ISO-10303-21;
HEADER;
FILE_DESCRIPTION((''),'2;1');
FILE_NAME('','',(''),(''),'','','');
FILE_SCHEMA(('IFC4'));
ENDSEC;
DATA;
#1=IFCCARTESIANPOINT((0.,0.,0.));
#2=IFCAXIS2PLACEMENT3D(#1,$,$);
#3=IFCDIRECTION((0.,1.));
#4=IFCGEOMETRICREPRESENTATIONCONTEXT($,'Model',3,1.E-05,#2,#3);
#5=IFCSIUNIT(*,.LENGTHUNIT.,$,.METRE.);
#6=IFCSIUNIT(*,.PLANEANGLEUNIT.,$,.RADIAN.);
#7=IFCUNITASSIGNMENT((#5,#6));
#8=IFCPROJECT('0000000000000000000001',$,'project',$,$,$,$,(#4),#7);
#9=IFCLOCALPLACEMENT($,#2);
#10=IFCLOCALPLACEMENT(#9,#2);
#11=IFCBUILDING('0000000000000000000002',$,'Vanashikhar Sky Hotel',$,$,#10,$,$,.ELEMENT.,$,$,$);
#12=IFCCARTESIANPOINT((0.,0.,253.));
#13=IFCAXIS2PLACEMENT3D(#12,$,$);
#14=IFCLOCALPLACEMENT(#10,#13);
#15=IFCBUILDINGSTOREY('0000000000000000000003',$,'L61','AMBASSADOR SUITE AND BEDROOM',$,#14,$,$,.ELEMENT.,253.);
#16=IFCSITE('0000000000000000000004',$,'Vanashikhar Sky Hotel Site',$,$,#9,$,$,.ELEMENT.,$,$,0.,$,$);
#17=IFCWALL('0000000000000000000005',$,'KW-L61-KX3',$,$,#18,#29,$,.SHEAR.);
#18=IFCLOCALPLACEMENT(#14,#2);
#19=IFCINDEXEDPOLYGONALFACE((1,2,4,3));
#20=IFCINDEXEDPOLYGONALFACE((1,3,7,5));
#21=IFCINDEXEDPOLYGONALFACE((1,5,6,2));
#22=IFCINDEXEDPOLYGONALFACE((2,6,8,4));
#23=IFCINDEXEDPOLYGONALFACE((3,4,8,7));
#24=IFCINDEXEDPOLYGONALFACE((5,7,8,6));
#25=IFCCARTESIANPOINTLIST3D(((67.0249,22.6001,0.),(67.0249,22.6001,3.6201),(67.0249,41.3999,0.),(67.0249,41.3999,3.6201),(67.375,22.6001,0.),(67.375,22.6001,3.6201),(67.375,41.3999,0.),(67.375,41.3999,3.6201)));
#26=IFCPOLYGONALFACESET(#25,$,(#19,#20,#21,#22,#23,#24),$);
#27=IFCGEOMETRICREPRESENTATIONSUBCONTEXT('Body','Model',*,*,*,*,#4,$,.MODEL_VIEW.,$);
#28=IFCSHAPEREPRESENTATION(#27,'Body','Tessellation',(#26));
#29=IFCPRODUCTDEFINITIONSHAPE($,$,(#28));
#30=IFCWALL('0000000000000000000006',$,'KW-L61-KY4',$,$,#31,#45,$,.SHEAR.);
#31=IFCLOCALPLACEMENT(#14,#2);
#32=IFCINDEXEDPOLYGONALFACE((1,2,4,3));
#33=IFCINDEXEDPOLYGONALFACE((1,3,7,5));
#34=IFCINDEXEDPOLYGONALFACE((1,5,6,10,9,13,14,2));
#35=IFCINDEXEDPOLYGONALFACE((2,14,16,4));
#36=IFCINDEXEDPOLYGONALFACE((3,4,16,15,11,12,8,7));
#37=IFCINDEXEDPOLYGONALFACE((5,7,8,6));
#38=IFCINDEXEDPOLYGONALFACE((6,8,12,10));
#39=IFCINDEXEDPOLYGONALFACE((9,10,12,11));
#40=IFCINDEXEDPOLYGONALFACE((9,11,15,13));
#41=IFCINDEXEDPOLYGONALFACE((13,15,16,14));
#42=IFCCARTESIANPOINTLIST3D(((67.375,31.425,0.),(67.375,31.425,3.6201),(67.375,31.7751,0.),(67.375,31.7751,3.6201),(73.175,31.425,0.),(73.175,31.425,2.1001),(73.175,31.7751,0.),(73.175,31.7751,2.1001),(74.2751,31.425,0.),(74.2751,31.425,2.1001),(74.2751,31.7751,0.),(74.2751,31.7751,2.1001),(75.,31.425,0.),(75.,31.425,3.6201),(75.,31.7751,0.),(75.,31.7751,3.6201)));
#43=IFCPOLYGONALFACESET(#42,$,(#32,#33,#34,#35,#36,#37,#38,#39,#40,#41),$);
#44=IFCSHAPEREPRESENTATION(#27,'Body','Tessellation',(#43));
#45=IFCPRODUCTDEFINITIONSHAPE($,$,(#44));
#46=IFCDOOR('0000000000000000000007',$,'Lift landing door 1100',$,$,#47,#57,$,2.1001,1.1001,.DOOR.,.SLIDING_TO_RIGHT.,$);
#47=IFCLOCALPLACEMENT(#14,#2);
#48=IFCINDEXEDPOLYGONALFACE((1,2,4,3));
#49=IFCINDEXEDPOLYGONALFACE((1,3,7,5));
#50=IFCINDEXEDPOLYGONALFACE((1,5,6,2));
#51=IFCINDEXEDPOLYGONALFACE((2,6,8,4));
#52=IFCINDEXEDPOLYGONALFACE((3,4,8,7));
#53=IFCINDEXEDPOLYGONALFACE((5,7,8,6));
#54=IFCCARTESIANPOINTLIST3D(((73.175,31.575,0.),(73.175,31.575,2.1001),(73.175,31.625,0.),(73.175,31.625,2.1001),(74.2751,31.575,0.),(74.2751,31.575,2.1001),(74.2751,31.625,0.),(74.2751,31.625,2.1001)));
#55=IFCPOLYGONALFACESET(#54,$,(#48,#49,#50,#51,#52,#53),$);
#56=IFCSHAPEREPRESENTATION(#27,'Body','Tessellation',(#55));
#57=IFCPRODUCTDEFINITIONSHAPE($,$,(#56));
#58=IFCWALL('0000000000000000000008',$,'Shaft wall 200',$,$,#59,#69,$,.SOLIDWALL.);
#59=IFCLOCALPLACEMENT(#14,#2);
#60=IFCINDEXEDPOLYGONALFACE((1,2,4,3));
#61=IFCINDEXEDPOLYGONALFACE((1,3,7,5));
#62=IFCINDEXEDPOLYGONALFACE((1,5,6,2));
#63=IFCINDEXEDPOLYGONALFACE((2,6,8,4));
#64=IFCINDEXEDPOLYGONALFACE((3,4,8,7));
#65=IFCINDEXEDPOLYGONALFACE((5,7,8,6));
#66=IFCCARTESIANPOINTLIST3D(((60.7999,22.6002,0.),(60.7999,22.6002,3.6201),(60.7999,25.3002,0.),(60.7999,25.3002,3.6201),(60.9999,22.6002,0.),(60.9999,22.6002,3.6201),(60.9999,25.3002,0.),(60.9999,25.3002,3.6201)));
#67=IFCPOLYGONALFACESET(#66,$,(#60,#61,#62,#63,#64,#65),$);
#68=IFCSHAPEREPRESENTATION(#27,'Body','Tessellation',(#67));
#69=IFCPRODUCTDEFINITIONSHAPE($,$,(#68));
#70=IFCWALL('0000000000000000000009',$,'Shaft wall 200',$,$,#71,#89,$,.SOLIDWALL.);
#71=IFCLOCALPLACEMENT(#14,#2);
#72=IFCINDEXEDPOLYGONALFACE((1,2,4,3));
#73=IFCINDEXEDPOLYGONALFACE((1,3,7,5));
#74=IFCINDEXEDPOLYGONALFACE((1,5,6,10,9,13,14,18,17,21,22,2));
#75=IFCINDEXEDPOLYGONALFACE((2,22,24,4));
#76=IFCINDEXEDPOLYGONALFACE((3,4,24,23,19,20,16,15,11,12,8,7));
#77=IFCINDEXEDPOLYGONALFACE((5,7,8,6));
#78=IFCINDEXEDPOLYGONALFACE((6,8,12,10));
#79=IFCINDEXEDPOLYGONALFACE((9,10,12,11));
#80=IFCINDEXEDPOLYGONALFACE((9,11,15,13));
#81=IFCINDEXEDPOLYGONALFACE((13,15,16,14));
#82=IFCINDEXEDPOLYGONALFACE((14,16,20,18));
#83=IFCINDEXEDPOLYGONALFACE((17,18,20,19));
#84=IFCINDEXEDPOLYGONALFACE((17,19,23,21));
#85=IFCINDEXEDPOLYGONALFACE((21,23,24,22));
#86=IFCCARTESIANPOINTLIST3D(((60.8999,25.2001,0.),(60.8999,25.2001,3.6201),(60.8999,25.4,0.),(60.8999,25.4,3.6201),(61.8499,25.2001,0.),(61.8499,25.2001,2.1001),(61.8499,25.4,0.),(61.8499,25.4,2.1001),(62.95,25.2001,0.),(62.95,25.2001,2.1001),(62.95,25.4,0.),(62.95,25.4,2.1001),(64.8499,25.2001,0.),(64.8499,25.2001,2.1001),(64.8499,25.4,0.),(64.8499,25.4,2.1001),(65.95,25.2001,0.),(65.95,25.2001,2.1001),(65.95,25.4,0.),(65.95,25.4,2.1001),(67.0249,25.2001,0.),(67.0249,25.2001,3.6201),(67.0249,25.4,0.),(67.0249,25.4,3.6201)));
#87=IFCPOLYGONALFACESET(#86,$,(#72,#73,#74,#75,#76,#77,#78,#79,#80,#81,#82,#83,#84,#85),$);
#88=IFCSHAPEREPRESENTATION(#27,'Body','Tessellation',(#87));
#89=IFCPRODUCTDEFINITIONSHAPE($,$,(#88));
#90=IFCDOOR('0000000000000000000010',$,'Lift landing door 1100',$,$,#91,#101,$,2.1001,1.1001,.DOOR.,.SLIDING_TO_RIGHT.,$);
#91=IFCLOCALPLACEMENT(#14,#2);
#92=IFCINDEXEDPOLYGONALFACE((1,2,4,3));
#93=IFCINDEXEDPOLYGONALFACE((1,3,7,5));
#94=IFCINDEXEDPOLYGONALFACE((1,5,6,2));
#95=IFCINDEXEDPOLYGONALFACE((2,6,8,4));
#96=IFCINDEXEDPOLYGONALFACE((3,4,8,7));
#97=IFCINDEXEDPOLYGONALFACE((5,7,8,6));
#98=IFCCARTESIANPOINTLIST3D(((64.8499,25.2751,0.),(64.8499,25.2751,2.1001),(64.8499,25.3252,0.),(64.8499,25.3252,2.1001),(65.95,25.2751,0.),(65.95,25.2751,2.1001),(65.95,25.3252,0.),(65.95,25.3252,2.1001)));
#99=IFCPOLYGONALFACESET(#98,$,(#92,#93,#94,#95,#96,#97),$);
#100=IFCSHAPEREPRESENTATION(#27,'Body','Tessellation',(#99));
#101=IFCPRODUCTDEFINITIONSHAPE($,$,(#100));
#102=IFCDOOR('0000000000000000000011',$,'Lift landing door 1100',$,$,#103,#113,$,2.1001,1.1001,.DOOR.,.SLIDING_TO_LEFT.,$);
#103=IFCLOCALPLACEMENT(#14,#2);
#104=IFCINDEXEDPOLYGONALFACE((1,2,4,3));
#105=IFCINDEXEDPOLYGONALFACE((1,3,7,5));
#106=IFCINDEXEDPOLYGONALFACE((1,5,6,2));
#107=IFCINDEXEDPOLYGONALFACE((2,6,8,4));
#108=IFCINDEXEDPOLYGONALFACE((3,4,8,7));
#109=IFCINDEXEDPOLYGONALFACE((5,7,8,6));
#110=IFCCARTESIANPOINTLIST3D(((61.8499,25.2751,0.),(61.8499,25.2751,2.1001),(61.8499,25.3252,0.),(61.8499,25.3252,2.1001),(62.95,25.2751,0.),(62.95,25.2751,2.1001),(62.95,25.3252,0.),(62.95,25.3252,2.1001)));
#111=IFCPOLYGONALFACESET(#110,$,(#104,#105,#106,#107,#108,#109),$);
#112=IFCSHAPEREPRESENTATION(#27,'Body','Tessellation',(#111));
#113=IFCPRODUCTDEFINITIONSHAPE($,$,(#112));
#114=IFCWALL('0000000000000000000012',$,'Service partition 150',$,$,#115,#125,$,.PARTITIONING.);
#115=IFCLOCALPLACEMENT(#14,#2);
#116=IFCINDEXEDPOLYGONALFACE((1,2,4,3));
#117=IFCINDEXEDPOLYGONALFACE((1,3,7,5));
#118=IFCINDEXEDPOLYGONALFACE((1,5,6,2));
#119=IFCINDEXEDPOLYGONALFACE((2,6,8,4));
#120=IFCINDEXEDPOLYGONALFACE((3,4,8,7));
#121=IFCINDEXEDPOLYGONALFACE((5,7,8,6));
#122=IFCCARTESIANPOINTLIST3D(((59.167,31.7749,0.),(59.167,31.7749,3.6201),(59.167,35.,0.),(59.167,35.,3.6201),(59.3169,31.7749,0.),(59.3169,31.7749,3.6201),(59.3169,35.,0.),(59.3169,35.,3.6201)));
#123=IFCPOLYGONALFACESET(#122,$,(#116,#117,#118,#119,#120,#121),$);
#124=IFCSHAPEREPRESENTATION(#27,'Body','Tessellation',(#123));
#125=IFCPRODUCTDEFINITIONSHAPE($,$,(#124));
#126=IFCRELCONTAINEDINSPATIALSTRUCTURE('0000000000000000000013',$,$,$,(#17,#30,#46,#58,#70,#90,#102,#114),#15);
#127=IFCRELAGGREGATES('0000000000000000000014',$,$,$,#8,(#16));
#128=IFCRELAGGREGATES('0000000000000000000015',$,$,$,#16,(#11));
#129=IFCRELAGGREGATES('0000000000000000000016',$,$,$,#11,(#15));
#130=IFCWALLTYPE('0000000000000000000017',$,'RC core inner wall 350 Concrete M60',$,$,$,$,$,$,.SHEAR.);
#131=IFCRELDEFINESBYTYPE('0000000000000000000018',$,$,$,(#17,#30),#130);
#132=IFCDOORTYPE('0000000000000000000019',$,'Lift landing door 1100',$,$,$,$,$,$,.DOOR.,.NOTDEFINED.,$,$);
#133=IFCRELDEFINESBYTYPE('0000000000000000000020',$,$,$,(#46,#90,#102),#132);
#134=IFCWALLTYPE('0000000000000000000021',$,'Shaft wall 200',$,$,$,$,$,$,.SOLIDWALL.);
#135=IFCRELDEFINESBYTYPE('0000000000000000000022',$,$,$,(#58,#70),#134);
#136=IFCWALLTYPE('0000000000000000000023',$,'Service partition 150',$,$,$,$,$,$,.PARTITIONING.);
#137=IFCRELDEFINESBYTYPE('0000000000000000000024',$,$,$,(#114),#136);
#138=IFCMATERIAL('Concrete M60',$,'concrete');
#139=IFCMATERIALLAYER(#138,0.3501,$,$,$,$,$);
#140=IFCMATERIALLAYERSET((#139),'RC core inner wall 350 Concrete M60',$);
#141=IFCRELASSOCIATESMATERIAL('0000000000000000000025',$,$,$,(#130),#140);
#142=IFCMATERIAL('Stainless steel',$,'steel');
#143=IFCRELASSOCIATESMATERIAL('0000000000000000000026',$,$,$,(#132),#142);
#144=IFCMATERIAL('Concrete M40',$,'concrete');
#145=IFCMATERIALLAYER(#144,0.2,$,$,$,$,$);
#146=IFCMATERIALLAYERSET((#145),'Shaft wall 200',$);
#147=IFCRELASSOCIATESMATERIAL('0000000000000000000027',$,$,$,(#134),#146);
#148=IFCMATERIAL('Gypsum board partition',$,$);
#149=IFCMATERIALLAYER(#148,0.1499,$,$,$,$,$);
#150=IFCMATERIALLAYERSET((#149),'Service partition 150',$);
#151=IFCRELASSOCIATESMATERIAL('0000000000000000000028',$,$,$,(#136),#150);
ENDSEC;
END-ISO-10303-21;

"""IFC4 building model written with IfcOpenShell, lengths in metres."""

from ifc_helpers import new_model, si_unit, direction, frame, frame_2d, origin, place, context, subcontext, project, spatial, rectangle, extrude, source, transform, mapped, material, layer, layer_set, type_object, element, fill, save


model = new_model("IFC4")

# Units and contexts
model_context = context("Model", 3, precision=1e-05, world=origin(), true_north=direction((0.0, 1.0)))
body_context = subcontext(model_context, "Body", "Model", "MODEL_VIEW")
ifc_project = project(units=[si_unit("LENGTHUNIT", "METRE"), si_unit("PLANEANGLEUNIT", "RADIAN")], contexts=[model_context])

# Site, building, storey
site_placement = place(None, origin())
site = spatial("IfcSite", under=ifc_project, at=site_placement, Name="Vanashikhar Sky Hotel Site", CompositionType="ELEMENT", RefElevation=0.0)
building_placement = place(site_placement, origin())
building = spatial("IfcBuilding", under=site, at=building_placement, Name="Vanashikhar Sky Hotel", CompositionType="ELEMENT")
storey_placement = place(building_placement, frame((0.0, 0.0, 253.0)))
storey = spatial("IfcBuildingStorey", under=building, at=storey_placement, Name="L61", Description="AMBASSADOR SUITE AND BEDROOM", CompositionType="ELEMENT", Elevation=253.0)

# Wall
ifc_material_1 = material(Name="Concrete M60", Category="concrete")
ifc_layer_1 = layer(ifc_material_1, 0.3501)
ifc_layer_set_1 = layer_set([ifc_layer_1], Name="RC core inner wall 350 Concrete M60")
wall_type_1 = type_object("IfcWallType", Name="RC core inner wall 350 Concrete M60", PredefinedType="SHEAR", material=ifc_layer_set_1)
shared_shape_1 = source(origin(), body_context, "Body", "SweptSolid", [
    extrude(rectangle(XDim=18.7998, YDim=0.3501, at=frame_2d((9.3999, 0.0))), origin(), (0.0, 0.0, 1.0), 3.6201),
])
wall_1_placement = place(storey_placement, frame((67.2, 22.6001, 0.0), z_axis=(0.0, 0.0, 1.0), x_axis=(0.0, 1.0, 0.0)))
element("IfcWall", 1, at=wall_1_placement, inside=storey, type_object=wall_type_1, Name="KW-L61-KX3", PredefinedType="SHEAR", context=body_context, shape_type="MappedRepresentation", body=[
    mapped(shared_shape_1, transform((0.0, 0.0, 0.0), scale=1.0)),
])

# Wall, opening, door
shared_shape_2 = source(origin(), body_context, "Body", "SweptSolid", [
    extrude(rectangle(XDim=7.625, YDim=0.3501, at=frame_2d((3.8125, 0.0))), origin(), (0.0, 0.0, 1.0), 3.6201),
])
wall_2_placement = place(storey_placement, frame((67.375, 31.6001, 0.0), z_axis=(0.0, 0.0, 1.0), x_axis=(1.0, 0.0, 0.0)))
wall_2 = element("IfcWall", 2, at=wall_2_placement, inside=storey, type_object=wall_type_1, Name="KW-L61-KY4", PredefinedType="SHEAR", context=body_context, shape_type="MappedRepresentation", body=[
    mapped(shared_shape_2, transform((0.0, 0.0, 0.0), scale=1.0)),
])
shared_shape_3 = source(origin(), body_context, "Body", "SweptSolid", [
    extrude(rectangle(XDim=1.1001, YDim=2.1001, at=frame_2d((0.55, 1.05))), frame((0.0, 0.1851, 0.0), z_axis=(0.0, -1.0, 0.0), x_axis=(1.0, 0.0, 0.0)), (0.0, 0.0, 1.0), 0.3701),
])
opening_1_placement = place(wall_2_placement, frame((5.8, 0.0, 0.0)))
opening_1 = element("IfcOpeningElement", 3, at=opening_1_placement, cuts=wall_2, PredefinedType="OPENING", context=body_context, shape_type="MappedRepresentation", body=[
    mapped(shared_shape_3, transform((0.0, 0.0, 0.0), scale=1.0)),
])
ifc_material_2 = material(Name="Stainless steel", Category="steel")
door_type_1 = type_object("IfcDoorType", Name="Lift landing door 1100", OperationType="NOTDEFINED", PredefinedType="DOOR", material=ifc_material_2)
shared_shape_4 = source(origin(), body_context, "Body", "SweptSolid", [
    extrude(rectangle(XDim=1.1001, YDim=2.1001, at=frame_2d((0.55, 1.05))), frame((0.0, 0.0249, 0.0), z_axis=(0.0, -1.0, 0.0), x_axis=(1.0, 0.0, 0.0)), (0.0, 0.0, 1.0), 0.05),
])
door_1_placement = place(opening_1_placement, origin())
door_1 = element("IfcDoor", 4, at=door_1_placement, inside=storey, type_object=door_type_1, Name="Lift landing door 1100", OperationType="SLIDING_TO_RIGHT", OverallHeight=2.1001, OverallWidth=1.1001, PredefinedType="DOOR", context=body_context, shape_type="MappedRepresentation", body=[
    mapped(shared_shape_4, transform((0.0, 0.0, 0.0), scale=1.0)),
])
fill(opening_1, door_1)

# Wall
ifc_material_3 = material(Name="Concrete M40", Category="concrete")
ifc_layer_2 = layer(ifc_material_3, 0.2)
ifc_layer_set_2 = layer_set([ifc_layer_2], Name="Shaft wall 200")
wall_type_2 = type_object("IfcWallType", Name="Shaft wall 200", PredefinedType="SOLIDWALL", material=ifc_layer_set_2)
shared_shape_5 = source(origin(), body_context, "Body", "SweptSolid", [
    extrude(rectangle(XDim=2.7, YDim=0.2, at=frame_2d((1.3501, 0.0))), origin(), (0.0, 0.0, 1.0), 3.6201),
])
wall_3_placement = place(storey_placement, frame((60.8999, 22.6001, 0.0), z_axis=(0.0, 0.0, 1.0), x_axis=(0.0, 1.0, 0.0)))
element("IfcWall", 5, at=wall_3_placement, inside=storey, type_object=wall_type_2, Name="Shaft wall 200", PredefinedType="SOLIDWALL", context=body_context, shape_type="MappedRepresentation", body=[
    mapped(shared_shape_5, transform((0.0, 0.0, 0.0), scale=1.0)),
])

# Wall, openings, doors
shared_shape_6 = source(origin(), body_context, "Body", "SweptSolid", [
    extrude(rectangle(XDim=6.125, YDim=0.2, at=frame_2d((3.0625, 0.0))), origin(), (0.0, 0.0, 1.0), 3.6201),
])
wall_4_placement = place(storey_placement, frame((67.0249, 25.3, 0.0), z_axis=(0.0, 0.0, 1.0), x_axis=(-1.0, 0.0, 0.0)))
wall_4 = element("IfcWall", 6, at=wall_4_placement, inside=storey, type_object=wall_type_2, Name="Shaft wall 200", PredefinedType="SOLIDWALL", context=body_context, shape_type="MappedRepresentation", body=[
    mapped(shared_shape_6, transform((0.0, 0.0, 0.0), scale=1.0)),
])
shared_shape_7 = source(origin(), body_context, "Body", "SweptSolid", [
    extrude(rectangle(XDim=1.1001, YDim=2.1001, at=frame_2d((0.55, 1.05))), frame((0.0, 0.1099, 0.0), z_axis=(0.0, -1.0, 0.0), x_axis=(1.0, 0.0, 0.0)), (0.0, 0.0, 1.0), 0.22),
])
opening_2_placement = place(wall_4_placement, frame((1.075, 0.0, 0.0)))
opening_2 = element("IfcOpeningElement", 7, at=opening_2_placement, cuts=wall_4, PredefinedType="OPENING", context=body_context, shape_type="MappedRepresentation", body=[
    mapped(shared_shape_7, transform((0.0, 0.0, 0.0), scale=1.0)),
])
opening_3_placement = place(wall_4_placement, frame((4.075, 0.0, 0.0)))
opening_3 = element("IfcOpeningElement", 8, at=opening_3_placement, cuts=wall_4, PredefinedType="OPENING", context=body_context, shape_type="MappedRepresentation", body=[
    mapped(shared_shape_7, transform((0.0, 0.0, 0.0), scale=1.0)),
])
door_2_placement = place(opening_2_placement, origin())
door_2 = element("IfcDoor", 9, at=door_2_placement, inside=storey, type_object=door_type_1, Name="Lift landing door 1100", OperationType="SLIDING_TO_RIGHT", OverallHeight=2.1001, OverallWidth=1.1001, PredefinedType="DOOR", context=body_context, shape_type="MappedRepresentation", body=[
    mapped(shared_shape_4, transform((0.0, 0.0, 0.0), scale=1.0)),
])
fill(opening_2, door_2)
door_3_placement = place(opening_3_placement, origin())
door_3 = element("IfcDoor", 10, at=door_3_placement, inside=storey, type_object=door_type_1, Name="Lift landing door 1100", OperationType="SLIDING_TO_LEFT", OverallHeight=2.1001, OverallWidth=1.1001, PredefinedType="DOOR", context=body_context, shape_type="MappedRepresentation", body=[
    mapped(shared_shape_4, transform((0.0, 0.0, 0.0), scale=1.0)),
])
fill(opening_3, door_3)

# Wall
ifc_material_4 = material(Name="Gypsum board partition")
ifc_layer_3 = layer(ifc_material_4, 0.1499)
ifc_layer_set_3 = layer_set([ifc_layer_3], Name="Service partition 150")
wall_type_3 = type_object("IfcWallType", Name="Service partition 150", PredefinedType="PARTITIONING", material=ifc_layer_set_3)
shared_shape_8 = source(origin(), body_context, "Body", "SweptSolid", [
    extrude(rectangle(XDim=3.2251, YDim=0.1499, at=frame_2d((1.6125, 0.0))), origin(), (0.0, 0.0, 1.0), 3.6201),
])
wall_5_placement = place(storey_placement, frame((59.2419, 31.7749, 0.0), z_axis=(0.0, 0.0, 1.0), x_axis=(0.0, 1.0, 0.0)))
element("IfcWall", 11, at=wall_5_placement, inside=storey, type_object=wall_type_3, Name="Service partition 150", PredefinedType="PARTITIONING", context=body_context, shape_type="MappedRepresentation", body=[
    mapped(shared_shape_8, transform((0.0, 0.0, 0.0), scale=1.0)),
])

save(model, "model.ifc")
